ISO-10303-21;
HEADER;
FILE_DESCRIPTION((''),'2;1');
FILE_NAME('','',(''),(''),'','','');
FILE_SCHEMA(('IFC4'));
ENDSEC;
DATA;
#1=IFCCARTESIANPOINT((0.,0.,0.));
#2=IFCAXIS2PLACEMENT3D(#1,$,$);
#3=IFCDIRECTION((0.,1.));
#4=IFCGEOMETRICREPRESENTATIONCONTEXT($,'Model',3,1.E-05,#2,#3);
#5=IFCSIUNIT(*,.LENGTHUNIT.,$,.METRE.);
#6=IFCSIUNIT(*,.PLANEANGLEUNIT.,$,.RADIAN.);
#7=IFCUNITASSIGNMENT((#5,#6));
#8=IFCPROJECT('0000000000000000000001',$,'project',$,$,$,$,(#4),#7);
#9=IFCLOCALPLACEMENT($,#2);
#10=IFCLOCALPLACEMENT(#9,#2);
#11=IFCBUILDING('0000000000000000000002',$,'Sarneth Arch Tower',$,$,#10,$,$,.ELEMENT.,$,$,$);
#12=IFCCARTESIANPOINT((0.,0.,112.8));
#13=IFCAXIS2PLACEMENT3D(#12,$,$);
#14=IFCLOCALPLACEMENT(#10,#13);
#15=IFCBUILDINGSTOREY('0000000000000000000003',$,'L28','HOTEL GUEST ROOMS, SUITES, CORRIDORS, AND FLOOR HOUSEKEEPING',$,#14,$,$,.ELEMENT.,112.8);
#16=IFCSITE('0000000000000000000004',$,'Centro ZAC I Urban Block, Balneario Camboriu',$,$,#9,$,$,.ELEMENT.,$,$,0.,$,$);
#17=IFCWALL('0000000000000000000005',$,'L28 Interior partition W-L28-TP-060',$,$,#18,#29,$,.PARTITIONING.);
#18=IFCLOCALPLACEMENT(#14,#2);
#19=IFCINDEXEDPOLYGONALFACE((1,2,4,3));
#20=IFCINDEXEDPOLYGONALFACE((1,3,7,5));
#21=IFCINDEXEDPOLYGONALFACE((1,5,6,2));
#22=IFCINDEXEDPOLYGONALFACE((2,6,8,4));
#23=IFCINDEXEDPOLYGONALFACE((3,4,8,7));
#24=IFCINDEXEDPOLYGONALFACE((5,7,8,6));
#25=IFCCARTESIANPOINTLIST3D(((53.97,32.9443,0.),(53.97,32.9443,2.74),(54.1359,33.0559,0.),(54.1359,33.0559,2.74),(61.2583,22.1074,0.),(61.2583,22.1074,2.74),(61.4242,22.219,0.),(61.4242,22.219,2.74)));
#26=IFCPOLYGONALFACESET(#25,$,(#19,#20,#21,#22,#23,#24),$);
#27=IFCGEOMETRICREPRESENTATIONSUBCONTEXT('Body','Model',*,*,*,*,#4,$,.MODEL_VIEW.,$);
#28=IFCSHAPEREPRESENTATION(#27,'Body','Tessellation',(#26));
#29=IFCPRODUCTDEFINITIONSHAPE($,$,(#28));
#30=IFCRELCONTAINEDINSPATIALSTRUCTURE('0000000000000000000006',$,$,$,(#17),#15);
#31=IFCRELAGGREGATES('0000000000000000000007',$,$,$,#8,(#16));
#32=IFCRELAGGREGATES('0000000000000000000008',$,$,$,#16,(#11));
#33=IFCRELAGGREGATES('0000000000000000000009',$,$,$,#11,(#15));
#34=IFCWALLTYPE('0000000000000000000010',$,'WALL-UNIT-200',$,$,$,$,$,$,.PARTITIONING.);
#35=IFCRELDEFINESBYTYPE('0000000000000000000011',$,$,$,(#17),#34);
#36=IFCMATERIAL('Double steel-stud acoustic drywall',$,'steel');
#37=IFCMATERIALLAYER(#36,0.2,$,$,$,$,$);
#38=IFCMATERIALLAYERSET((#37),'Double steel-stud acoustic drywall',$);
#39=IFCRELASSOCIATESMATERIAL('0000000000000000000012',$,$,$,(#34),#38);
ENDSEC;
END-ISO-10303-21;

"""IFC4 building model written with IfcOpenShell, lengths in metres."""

from ifc_helpers import new_model, si_unit, direction, frame, frame_2d, origin, place, context, subcontext, project, spatial, rectangle, extrude, material, layer, layer_set, type_object, element, save


model = new_model("IFC4")

# Units and contexts
model_context = context("Model", 3, precision=1e-05, world=origin(), true_north=direction((0.0, 1.0)))
body_context = subcontext(model_context, "Body", "Model", "MODEL_VIEW")
ifc_project = project(units=[si_unit("LENGTHUNIT", "METRE"), si_unit("PLANEANGLEUNIT", "RADIAN")], contexts=[model_context])

# Site, building, storey
site_placement = place(None, origin())
site = spatial("IfcSite", under=ifc_project, at=site_placement, Name="Centro ZAC I Urban Block, Balneario Camboriu", CompositionType="ELEMENT", RefElevation=0.0)
building_placement = place(site_placement, origin())
building = spatial("IfcBuilding", under=site, at=building_placement, Name="Sarneth Arch Tower", CompositionType="ELEMENT")
storey_placement = place(building_placement, frame((0.0, 0.0, 112.8)))
storey = spatial("IfcBuildingStorey", under=building, at=storey_placement, Name="L28", Description="HOTEL GUEST ROOMS, SUITES, CORRIDORS, AND FLOOR HOUSEKEEPING", CompositionType="ELEMENT", Elevation=112.8)

# Wall
ifc_material_1 = material(Name="Double steel-stud acoustic drywall", Category="steel")
ifc_layer_1 = layer(ifc_material_1, 0.2)
ifc_layer_set_1 = layer_set([ifc_layer_1], Name="Double steel-stud acoustic drywall")
wall_type_1 = type_object("IfcWallType", Name="WALL-UNIT-200", PredefinedType="PARTITIONING", material=ifc_layer_set_1)
wall_1_placement = place(storey_placement, frame((54.053, 33.0, 0.0), z_axis=(0.0, 0.0, 1.0), x_axis=(0.558073, -0.829792, 0.0)))
element("IfcWall", 1, at=wall_1_placement, inside=storey, type_object=wall_type_1, Name="L28 Interior partition W-L28-TP-060", PredefinedType="PARTITIONING", context=body_context, shape_type="SweptSolid", body=[
    extrude(rectangle(XDim=13.0598, YDim=0.2, at=frame_2d((6.5298, 0.0))), origin(), (0.0, 0.0, 1.0), 2.74),
])

save(model, "model.ifc")
